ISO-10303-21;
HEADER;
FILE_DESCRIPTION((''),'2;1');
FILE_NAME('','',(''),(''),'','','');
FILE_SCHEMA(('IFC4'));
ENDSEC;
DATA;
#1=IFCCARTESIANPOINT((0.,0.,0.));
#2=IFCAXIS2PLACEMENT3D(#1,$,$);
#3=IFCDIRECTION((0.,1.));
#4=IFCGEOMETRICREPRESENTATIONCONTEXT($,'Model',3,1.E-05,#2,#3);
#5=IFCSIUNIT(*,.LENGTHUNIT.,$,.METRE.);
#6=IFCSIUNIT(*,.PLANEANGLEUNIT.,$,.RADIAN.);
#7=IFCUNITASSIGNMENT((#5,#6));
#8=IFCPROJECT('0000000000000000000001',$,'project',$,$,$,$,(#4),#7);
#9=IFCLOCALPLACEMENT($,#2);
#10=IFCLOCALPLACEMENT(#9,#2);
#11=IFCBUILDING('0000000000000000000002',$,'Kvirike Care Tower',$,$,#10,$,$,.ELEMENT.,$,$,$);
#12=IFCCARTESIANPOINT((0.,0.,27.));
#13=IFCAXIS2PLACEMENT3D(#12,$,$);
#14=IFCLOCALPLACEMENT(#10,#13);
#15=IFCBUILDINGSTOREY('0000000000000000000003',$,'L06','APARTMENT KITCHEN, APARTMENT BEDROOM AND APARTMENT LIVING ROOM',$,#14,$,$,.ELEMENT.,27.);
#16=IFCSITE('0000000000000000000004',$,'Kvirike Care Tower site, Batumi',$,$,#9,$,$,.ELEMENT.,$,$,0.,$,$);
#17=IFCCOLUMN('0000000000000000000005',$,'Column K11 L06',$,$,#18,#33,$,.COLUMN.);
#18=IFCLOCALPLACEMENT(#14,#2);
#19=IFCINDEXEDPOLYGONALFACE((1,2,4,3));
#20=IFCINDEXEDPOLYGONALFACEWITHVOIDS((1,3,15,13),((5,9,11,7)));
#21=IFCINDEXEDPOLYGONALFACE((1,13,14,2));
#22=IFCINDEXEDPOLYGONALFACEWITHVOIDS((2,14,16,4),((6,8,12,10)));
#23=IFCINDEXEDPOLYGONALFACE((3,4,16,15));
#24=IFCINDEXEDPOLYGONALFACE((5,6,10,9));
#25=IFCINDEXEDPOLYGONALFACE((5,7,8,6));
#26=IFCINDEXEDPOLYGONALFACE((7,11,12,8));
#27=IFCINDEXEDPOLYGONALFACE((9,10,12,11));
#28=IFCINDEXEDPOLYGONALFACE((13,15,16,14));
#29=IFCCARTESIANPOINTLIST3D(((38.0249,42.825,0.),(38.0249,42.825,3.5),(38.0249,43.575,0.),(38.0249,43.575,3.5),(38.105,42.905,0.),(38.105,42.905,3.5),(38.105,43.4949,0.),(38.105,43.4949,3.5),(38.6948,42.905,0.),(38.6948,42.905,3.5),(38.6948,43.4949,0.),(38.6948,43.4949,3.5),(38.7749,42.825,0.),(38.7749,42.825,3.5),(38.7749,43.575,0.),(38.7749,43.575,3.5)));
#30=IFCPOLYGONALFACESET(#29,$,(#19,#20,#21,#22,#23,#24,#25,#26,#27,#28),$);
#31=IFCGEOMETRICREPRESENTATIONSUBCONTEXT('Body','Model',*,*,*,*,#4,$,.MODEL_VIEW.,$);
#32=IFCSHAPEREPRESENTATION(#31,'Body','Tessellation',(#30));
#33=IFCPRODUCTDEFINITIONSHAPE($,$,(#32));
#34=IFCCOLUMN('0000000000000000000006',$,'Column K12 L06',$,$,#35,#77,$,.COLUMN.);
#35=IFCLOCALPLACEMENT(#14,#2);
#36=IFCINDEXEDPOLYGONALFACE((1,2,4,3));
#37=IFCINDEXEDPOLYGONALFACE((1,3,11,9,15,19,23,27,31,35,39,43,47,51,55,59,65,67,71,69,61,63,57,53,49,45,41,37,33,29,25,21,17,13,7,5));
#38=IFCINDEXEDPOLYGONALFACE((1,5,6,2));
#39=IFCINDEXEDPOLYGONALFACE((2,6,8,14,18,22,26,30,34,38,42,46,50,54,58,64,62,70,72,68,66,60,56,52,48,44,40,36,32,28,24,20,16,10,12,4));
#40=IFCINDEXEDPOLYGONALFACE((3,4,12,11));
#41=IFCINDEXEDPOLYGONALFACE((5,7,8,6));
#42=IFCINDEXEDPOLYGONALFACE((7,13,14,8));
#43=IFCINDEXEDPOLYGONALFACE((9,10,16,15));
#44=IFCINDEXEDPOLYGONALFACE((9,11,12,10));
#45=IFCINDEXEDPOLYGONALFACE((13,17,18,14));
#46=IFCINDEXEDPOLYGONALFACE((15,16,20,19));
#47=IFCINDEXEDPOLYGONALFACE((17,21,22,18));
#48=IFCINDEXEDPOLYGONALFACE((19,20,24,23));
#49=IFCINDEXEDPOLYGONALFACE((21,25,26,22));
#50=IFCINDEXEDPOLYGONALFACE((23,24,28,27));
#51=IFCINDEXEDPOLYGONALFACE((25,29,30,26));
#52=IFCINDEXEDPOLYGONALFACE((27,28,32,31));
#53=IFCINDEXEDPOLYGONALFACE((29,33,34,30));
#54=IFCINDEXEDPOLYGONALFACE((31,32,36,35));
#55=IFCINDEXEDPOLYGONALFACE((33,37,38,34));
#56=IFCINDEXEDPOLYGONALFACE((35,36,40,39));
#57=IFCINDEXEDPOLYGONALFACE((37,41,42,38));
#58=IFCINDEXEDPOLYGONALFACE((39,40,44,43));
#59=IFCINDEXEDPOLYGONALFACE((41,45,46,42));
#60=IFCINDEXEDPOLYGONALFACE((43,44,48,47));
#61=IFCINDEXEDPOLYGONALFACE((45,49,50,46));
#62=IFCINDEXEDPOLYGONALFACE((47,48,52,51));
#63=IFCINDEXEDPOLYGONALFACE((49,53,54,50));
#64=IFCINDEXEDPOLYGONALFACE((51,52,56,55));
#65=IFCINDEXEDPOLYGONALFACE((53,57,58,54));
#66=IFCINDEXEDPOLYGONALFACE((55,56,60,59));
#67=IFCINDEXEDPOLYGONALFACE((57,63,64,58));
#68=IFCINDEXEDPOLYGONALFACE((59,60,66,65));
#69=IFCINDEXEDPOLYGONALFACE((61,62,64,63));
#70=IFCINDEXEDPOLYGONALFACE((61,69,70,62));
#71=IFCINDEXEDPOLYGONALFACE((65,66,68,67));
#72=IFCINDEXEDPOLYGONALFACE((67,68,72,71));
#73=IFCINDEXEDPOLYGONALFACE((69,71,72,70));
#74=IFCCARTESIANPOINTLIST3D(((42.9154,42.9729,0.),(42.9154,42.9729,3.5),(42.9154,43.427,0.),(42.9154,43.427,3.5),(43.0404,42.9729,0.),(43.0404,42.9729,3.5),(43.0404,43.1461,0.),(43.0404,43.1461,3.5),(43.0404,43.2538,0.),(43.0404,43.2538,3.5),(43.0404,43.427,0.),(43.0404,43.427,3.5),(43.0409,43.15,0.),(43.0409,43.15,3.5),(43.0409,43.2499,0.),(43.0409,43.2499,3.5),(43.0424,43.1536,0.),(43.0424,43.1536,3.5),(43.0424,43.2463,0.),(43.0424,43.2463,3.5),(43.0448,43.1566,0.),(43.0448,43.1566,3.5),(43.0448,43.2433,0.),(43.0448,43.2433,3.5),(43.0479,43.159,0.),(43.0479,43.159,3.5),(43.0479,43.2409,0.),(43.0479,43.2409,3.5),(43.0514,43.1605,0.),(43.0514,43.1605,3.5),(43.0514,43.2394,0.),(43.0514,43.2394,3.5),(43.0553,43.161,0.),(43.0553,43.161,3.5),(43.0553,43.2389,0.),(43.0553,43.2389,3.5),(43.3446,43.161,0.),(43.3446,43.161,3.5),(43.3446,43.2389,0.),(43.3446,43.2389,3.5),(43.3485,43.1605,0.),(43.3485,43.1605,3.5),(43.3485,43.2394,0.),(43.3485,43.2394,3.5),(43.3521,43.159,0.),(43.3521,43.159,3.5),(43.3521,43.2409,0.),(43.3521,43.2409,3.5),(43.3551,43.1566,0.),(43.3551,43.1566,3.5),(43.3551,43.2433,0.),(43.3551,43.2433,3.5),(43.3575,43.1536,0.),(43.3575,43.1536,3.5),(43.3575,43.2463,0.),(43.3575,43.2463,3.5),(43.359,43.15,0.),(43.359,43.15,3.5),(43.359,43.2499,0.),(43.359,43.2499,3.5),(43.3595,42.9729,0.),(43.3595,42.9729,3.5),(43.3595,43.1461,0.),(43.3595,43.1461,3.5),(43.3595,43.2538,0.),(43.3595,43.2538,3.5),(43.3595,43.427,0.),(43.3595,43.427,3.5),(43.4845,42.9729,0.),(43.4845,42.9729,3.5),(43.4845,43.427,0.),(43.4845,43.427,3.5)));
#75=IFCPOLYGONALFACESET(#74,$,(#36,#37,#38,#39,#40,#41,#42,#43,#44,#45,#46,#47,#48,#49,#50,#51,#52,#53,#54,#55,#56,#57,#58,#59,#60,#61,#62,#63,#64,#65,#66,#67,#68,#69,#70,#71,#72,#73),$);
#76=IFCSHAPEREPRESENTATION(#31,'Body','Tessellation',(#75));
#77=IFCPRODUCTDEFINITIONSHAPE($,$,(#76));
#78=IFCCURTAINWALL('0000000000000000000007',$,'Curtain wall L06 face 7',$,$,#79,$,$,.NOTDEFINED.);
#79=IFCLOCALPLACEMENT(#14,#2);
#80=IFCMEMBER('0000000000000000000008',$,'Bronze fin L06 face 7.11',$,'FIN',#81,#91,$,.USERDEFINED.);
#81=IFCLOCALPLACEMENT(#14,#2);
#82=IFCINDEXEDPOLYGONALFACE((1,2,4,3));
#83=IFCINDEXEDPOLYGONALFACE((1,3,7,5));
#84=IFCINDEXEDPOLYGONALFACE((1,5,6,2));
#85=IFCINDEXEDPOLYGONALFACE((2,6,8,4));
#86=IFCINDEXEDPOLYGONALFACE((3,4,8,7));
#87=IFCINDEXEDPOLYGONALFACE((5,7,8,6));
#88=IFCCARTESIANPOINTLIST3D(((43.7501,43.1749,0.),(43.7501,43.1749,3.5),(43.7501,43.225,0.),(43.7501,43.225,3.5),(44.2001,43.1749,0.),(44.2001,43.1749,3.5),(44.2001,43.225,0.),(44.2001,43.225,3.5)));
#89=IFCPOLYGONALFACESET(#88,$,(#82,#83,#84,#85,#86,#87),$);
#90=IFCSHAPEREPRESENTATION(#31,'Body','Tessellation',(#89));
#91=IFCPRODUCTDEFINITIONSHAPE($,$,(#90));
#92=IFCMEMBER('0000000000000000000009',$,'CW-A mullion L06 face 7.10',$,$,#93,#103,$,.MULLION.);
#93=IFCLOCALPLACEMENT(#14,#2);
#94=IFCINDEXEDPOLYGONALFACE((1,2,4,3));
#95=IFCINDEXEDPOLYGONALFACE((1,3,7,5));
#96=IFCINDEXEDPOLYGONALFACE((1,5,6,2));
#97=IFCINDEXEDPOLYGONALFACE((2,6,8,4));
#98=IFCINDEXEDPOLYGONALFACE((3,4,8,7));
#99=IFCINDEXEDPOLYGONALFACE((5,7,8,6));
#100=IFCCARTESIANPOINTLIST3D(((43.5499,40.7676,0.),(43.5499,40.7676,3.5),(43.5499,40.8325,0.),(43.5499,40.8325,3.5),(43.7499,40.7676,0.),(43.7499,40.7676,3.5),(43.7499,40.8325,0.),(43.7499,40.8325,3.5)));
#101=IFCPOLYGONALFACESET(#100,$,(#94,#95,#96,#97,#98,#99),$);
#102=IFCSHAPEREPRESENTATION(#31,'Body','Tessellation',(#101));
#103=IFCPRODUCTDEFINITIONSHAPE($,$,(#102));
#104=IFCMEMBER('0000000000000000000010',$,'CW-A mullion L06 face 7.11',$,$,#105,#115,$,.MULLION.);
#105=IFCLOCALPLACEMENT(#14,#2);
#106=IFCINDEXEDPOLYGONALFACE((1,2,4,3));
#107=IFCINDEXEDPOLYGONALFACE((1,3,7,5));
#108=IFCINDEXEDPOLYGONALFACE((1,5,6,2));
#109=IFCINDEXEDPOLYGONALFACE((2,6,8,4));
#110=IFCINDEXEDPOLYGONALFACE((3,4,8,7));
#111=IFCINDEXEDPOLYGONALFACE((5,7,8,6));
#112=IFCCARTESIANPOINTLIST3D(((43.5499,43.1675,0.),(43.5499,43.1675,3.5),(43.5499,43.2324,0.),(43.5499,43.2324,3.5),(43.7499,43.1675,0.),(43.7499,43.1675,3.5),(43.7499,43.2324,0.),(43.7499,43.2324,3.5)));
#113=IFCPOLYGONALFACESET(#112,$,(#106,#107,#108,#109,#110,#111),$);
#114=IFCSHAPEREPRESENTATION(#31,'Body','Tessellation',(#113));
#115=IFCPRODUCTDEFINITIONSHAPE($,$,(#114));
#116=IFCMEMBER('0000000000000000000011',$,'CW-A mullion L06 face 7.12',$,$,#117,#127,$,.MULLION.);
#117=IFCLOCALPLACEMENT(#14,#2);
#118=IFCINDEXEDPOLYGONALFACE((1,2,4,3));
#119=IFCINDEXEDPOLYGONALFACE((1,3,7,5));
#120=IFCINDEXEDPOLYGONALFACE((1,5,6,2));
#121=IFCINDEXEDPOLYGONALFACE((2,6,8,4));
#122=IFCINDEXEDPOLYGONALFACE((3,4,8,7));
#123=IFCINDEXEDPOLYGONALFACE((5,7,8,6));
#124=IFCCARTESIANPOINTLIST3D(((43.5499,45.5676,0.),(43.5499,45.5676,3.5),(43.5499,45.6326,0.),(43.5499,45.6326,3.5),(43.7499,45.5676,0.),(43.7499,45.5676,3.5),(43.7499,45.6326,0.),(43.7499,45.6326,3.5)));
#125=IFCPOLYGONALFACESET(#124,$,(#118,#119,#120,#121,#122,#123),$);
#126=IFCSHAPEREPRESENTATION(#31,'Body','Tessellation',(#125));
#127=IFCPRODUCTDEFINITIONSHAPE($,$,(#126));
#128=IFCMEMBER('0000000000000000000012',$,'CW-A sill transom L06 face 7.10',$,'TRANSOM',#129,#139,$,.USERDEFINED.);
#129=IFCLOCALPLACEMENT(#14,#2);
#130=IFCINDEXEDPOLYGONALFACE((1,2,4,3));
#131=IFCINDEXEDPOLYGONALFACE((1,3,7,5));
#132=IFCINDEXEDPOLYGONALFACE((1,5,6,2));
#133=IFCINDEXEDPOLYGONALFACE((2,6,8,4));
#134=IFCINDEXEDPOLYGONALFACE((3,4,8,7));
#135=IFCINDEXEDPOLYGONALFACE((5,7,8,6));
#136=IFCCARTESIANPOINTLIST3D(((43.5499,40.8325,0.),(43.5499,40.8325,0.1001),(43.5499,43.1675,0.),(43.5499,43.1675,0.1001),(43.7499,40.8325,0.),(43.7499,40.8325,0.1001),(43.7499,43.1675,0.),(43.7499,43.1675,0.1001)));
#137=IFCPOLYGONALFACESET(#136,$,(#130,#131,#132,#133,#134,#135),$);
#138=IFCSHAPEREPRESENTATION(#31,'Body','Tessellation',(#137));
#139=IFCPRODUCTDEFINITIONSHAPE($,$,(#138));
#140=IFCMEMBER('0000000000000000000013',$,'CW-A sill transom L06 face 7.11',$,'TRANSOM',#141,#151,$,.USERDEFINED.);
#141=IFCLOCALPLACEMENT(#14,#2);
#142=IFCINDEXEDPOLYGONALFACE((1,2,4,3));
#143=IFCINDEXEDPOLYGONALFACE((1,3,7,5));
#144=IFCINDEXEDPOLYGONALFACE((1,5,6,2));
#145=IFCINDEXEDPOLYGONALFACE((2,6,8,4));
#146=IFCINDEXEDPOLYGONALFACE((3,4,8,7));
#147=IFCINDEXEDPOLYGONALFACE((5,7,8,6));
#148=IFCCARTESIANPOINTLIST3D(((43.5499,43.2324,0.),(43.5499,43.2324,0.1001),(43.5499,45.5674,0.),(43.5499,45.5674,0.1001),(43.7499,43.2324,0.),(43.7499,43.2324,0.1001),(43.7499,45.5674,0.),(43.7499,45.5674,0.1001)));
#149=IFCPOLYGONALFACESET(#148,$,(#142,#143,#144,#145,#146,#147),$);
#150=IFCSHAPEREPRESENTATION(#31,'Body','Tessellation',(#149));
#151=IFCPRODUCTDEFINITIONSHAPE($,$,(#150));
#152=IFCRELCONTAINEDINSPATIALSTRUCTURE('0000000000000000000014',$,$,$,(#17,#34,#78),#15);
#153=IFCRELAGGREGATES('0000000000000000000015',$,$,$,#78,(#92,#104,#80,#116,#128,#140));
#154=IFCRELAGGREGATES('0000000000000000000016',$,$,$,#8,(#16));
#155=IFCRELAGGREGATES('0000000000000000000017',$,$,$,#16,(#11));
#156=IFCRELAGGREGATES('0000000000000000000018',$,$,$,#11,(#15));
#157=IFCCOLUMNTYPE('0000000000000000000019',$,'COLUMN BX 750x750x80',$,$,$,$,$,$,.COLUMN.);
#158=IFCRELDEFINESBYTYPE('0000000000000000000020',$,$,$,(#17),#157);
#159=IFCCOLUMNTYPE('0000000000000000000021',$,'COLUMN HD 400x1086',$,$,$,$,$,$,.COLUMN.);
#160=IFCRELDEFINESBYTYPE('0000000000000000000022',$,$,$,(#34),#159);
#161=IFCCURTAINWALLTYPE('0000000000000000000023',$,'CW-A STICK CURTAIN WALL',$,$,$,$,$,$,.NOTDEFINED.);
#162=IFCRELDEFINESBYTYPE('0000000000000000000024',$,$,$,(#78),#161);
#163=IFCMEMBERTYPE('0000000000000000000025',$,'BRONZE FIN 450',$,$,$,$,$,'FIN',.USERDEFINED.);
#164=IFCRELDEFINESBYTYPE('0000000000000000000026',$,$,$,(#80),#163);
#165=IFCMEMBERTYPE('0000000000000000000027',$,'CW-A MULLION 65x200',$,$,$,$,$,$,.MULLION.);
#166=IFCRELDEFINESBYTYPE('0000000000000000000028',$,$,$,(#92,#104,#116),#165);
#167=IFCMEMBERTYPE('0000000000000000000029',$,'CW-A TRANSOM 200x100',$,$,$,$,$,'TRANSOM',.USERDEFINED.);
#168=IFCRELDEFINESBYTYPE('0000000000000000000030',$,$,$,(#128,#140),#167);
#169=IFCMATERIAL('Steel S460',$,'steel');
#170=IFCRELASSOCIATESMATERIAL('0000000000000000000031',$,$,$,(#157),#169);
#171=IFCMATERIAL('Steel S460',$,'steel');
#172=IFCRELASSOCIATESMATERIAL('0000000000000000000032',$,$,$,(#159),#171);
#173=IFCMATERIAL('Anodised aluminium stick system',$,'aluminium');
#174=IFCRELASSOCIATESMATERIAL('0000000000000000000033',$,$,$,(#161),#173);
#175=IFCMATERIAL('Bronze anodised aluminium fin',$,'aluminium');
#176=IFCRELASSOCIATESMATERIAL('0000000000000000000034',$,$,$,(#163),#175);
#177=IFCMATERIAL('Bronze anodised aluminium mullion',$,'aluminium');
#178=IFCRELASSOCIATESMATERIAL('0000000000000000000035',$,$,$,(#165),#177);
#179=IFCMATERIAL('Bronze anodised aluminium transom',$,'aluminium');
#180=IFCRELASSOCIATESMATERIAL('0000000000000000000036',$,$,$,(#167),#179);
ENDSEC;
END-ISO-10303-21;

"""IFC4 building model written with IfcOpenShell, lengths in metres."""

from ifc_helpers import new_model, si_unit, direction, frame, origin, origin_2d, place, context, subcontext, project, spatial, rectangle, hollow_rectangle, i_section, extrude, material, material_profile, profile_set, type_object, element, aggregate, save


model = new_model("IFC4")

# Units and contexts
model_context = context("Model", 3, precision=1e-05, world=origin(), true_north=direction((0.0, 1.0)))
body_context = subcontext(model_context, "Body", "Model", "MODEL_VIEW")
ifc_project = project(units=[si_unit("LENGTHUNIT", "METRE"), si_unit("PLANEANGLEUNIT", "RADIAN")], contexts=[model_context])

# Site, building, storey
site_placement = place(None, origin())
site = spatial("IfcSite", under=ifc_project, at=site_placement, Name="Kvirike Care Tower site, Batumi", CompositionType="ELEMENT", RefElevation=0.0)
building_placement = place(site_placement, origin())
building = spatial("IfcBuilding", under=site, at=building_placement, Name="Kvirike Care Tower", CompositionType="ELEMENT")
storey_placement = place(building_placement, frame((0.0, 0.0, 27.0)))
storey = spatial("IfcBuildingStorey", under=building, at=storey_placement, Name="L06", Description="APARTMENT KITCHEN, APARTMENT BEDROOM AND APARTMENT LIVING ROOM", CompositionType="ELEMENT", Elevation=27.0)

# Columns
ifc_material_1 = material(Name="Steel S460", Category="steel")
ifc_material_profile_1 = material_profile(ifc_material_1, hollow_rectangle(XDim=0.75, YDim=0.75, WallThickness=0.0801, at=origin_2d()), Name="BX 750x750x80")
ifc_profile_set_1 = profile_set([ifc_material_profile_1], Name="Steel S460")
column_type_1 = type_object("IfcColumnType", Name="COLUMN BX 750x750x80", PredefinedType="COLUMN", material=ifc_profile_set_1)
column_1_placement = place(storey_placement, frame((38.3999, 43.2, 0.0), z_axis=(0.0, 0.0, 1.0), x_axis=(0.0, 1.0, 0.0)))
element("IfcColumn", 1, at=column_1_placement, inside=storey, type_object=column_type_1, Name="Column K11 L06", PredefinedType="COLUMN", context=body_context, shape_type="SweptSolid", body=[
    extrude(hollow_rectangle(XDim=0.75, YDim=0.75, WallThickness=0.0801, at=origin_2d()), origin(), (0.0, 0.0, 1.0), 3.5),
])
ifc_material_2 = material(Name="Steel S460", Category="steel")
ifc_material_profile_2 = material_profile(ifc_material_2, i_section(OverallWidth=0.4541, OverallDepth=0.5691, WebThickness=0.0779, FlangeThickness=0.125, FilletRadius=0.0149, at=origin_2d()), Name="HD 400x1086")
ifc_profile_set_2 = profile_set([ifc_material_profile_2], Name="Steel S460")
column_type_2 = type_object("IfcColumnType", Name="COLUMN HD 400x1086", PredefinedType="COLUMN", material=ifc_profile_set_2)
column_2_placement = place(storey_placement, frame((43.2, 43.2, 0.0), z_axis=(0.0, 0.0, 1.0), x_axis=(0.0, 1.0, 0.0)))
element("IfcColumn", 2, at=column_2_placement, inside=storey, type_object=column_type_2, Name="Column K12 L06", PredefinedType="COLUMN", context=body_context, shape_type="SweptSolid", body=[
    extrude(i_section(OverallWidth=0.4541, OverallDepth=0.5691, WebThickness=0.0779, FlangeThickness=0.125, FilletRadius=0.0149, at=origin_2d()), origin(), (0.0, 0.0, 1.0), 3.5),
])

# Curtain wall, members
ifc_material_3 = material(Name="Anodised aluminium stick system", Category="aluminium")
curtain_wall_type = type_object("IfcCurtainWallType", Name="CW-A STICK CURTAIN WALL", PredefinedType="NOTDEFINED", material=ifc_material_3)
curtain_wall_placement = place(storey_placement, origin())
curtain_wall = element("IfcCurtainWall", 3, at=curtain_wall_placement, inside=storey, type_object=curtain_wall_type, Name="Curtain wall L06 face 7", PredefinedType="NOTDEFINED")
ifc_material_4 = material(Name="Bronze anodised aluminium fin", Category="aluminium")
ifc_material_profile_3 = material_profile(ifc_material_4, rectangle(XDim=0.05, YDim=0.45, at=origin_2d()), Name="BRONZE FIN 450")
ifc_profile_set_3 = profile_set([ifc_material_profile_3], Name="Bronze anodised aluminium fin")
member_type_1 = type_object("IfcMemberType", Name="BRONZE FIN 450", ElementType="FIN", PredefinedType="USERDEFINED", material=ifc_profile_set_3)
member_1_placement = place(storey_placement, frame((43.9751, 43.2, 0.0), z_axis=(0.0, 0.0, 1.0), x_axis=(0.0, 1.0, 0.0)))
member_1 = element("IfcMember", 4, at=member_1_placement, type_object=member_type_1, Name="Bronze fin L06 face 7.11", ObjectType="FIN", PredefinedType="USERDEFINED", context=body_context, shape_type="SweptSolid", body=[
    extrude(rectangle(XDim=0.05, YDim=0.45, at=origin_2d()), origin(), (0.0, 0.0, 1.0), 3.5),
])
ifc_material_5 = material(Name="Bronze anodised aluminium mullion", Category="aluminium")
ifc_material_profile_4 = material_profile(ifc_material_5, rectangle(XDim=0.0649, YDim=0.2, at=origin_2d()), Name="CW-A MULLION 65x200")
ifc_profile_set_4 = profile_set([ifc_material_profile_4], Name="Bronze anodised aluminium mullion")
member_type_2 = type_object("IfcMemberType", Name="CW-A MULLION 65x200", PredefinedType="MULLION", material=ifc_profile_set_4)
member_2_placement = place(storey_placement, frame((43.6499, 40.8, 0.0), z_axis=(0.0, 0.0, 1.0), x_axis=(0.0, 1.0, 0.0)))
member_2 = element("IfcMember", 5, at=member_2_placement, type_object=member_type_2, Name="CW-A mullion L06 face 7.10", PredefinedType="MULLION", context=body_context, shape_type="SweptSolid", body=[
    extrude(rectangle(XDim=0.0649, YDim=0.2, at=origin_2d()), origin(), (0.0, 0.0, 1.0), 3.5),
])
member_3_placement = place(storey_placement, frame((43.6499, 43.2, 0.0), z_axis=(0.0, 0.0, 1.0), x_axis=(0.0, 1.0, 0.0)))
member_3 = element("IfcMember", 6, at=member_3_placement, type_object=member_type_2, Name="CW-A mullion L06 face 7.11", PredefinedType="MULLION", context=body_context, shape_type="SweptSolid", body=[
    extrude(rectangle(XDim=0.0649, YDim=0.2, at=origin_2d()), origin(), (0.0, 0.0, 1.0), 3.5),
])
member_4_placement = place(storey_placement, frame((43.6499, 45.6001, 0.0), z_axis=(0.0, 0.0, 1.0), x_axis=(0.0, 1.0, 0.0)))
member_4 = element("IfcMember", 7, at=member_4_placement, type_object=member_type_2, Name="CW-A mullion L06 face 7.12", PredefinedType="MULLION", context=body_context, shape_type="SweptSolid", body=[
    extrude(rectangle(XDim=0.0649, YDim=0.2, at=origin_2d()), origin(), (0.0, 0.0, 1.0), 3.5),
])
ifc_material_6 = material(Name="Bronze anodised aluminium transom", Category="aluminium")
ifc_material_profile_5 = material_profile(ifc_material_6, rectangle(XDim=0.2, YDim=0.1001, at=origin_2d()), Name="CW-A TRANSOM 200x100")
ifc_profile_set_5 = profile_set([ifc_material_profile_5], Name="Bronze anodised aluminium transom")
member_type_3 = type_object("IfcMemberType", Name="CW-A TRANSOM 200x100", ElementType="TRANSOM", PredefinedType="USERDEFINED", material=ifc_profile_set_5)
member_5_placement = place(storey_placement, frame((43.6499, 40.8325, 0.05), z_axis=(0.0, 1.0, 0.0), x_axis=(-1.0, 0.0, 0.0)))
member_5 = element("IfcMember", 8, at=member_5_placement, type_object=member_type_3, Name="CW-A sill transom L06 face 7.10", ObjectType="TRANSOM", PredefinedType="USERDEFINED", context=body_context, shape_type="SweptSolid", body=[
    extrude(rectangle(XDim=0.2, YDim=0.1001, at=origin_2d()), origin(), (0.0, 0.0, 1.0), 2.335),
])
member_6_placement = place(storey_placement, frame((43.6499, 43.2324, 0.05), z_axis=(0.0, 1.0, 0.0), x_axis=(-1.0, 0.0, 0.0)))
member_6 = element("IfcMember", 9, at=member_6_placement, type_object=member_type_3, Name="CW-A sill transom L06 face 7.11", ObjectType="TRANSOM", PredefinedType="USERDEFINED", context=body_context, shape_type="SweptSolid", body=[
    extrude(rectangle(XDim=0.2, YDim=0.1001, at=origin_2d()), origin(), (0.0, 0.0, 1.0), 2.335),
])

aggregate(curtain_wall, [member_2, member_3, member_1, member_4, member_5, member_6])

save(model, "model.ifc")
